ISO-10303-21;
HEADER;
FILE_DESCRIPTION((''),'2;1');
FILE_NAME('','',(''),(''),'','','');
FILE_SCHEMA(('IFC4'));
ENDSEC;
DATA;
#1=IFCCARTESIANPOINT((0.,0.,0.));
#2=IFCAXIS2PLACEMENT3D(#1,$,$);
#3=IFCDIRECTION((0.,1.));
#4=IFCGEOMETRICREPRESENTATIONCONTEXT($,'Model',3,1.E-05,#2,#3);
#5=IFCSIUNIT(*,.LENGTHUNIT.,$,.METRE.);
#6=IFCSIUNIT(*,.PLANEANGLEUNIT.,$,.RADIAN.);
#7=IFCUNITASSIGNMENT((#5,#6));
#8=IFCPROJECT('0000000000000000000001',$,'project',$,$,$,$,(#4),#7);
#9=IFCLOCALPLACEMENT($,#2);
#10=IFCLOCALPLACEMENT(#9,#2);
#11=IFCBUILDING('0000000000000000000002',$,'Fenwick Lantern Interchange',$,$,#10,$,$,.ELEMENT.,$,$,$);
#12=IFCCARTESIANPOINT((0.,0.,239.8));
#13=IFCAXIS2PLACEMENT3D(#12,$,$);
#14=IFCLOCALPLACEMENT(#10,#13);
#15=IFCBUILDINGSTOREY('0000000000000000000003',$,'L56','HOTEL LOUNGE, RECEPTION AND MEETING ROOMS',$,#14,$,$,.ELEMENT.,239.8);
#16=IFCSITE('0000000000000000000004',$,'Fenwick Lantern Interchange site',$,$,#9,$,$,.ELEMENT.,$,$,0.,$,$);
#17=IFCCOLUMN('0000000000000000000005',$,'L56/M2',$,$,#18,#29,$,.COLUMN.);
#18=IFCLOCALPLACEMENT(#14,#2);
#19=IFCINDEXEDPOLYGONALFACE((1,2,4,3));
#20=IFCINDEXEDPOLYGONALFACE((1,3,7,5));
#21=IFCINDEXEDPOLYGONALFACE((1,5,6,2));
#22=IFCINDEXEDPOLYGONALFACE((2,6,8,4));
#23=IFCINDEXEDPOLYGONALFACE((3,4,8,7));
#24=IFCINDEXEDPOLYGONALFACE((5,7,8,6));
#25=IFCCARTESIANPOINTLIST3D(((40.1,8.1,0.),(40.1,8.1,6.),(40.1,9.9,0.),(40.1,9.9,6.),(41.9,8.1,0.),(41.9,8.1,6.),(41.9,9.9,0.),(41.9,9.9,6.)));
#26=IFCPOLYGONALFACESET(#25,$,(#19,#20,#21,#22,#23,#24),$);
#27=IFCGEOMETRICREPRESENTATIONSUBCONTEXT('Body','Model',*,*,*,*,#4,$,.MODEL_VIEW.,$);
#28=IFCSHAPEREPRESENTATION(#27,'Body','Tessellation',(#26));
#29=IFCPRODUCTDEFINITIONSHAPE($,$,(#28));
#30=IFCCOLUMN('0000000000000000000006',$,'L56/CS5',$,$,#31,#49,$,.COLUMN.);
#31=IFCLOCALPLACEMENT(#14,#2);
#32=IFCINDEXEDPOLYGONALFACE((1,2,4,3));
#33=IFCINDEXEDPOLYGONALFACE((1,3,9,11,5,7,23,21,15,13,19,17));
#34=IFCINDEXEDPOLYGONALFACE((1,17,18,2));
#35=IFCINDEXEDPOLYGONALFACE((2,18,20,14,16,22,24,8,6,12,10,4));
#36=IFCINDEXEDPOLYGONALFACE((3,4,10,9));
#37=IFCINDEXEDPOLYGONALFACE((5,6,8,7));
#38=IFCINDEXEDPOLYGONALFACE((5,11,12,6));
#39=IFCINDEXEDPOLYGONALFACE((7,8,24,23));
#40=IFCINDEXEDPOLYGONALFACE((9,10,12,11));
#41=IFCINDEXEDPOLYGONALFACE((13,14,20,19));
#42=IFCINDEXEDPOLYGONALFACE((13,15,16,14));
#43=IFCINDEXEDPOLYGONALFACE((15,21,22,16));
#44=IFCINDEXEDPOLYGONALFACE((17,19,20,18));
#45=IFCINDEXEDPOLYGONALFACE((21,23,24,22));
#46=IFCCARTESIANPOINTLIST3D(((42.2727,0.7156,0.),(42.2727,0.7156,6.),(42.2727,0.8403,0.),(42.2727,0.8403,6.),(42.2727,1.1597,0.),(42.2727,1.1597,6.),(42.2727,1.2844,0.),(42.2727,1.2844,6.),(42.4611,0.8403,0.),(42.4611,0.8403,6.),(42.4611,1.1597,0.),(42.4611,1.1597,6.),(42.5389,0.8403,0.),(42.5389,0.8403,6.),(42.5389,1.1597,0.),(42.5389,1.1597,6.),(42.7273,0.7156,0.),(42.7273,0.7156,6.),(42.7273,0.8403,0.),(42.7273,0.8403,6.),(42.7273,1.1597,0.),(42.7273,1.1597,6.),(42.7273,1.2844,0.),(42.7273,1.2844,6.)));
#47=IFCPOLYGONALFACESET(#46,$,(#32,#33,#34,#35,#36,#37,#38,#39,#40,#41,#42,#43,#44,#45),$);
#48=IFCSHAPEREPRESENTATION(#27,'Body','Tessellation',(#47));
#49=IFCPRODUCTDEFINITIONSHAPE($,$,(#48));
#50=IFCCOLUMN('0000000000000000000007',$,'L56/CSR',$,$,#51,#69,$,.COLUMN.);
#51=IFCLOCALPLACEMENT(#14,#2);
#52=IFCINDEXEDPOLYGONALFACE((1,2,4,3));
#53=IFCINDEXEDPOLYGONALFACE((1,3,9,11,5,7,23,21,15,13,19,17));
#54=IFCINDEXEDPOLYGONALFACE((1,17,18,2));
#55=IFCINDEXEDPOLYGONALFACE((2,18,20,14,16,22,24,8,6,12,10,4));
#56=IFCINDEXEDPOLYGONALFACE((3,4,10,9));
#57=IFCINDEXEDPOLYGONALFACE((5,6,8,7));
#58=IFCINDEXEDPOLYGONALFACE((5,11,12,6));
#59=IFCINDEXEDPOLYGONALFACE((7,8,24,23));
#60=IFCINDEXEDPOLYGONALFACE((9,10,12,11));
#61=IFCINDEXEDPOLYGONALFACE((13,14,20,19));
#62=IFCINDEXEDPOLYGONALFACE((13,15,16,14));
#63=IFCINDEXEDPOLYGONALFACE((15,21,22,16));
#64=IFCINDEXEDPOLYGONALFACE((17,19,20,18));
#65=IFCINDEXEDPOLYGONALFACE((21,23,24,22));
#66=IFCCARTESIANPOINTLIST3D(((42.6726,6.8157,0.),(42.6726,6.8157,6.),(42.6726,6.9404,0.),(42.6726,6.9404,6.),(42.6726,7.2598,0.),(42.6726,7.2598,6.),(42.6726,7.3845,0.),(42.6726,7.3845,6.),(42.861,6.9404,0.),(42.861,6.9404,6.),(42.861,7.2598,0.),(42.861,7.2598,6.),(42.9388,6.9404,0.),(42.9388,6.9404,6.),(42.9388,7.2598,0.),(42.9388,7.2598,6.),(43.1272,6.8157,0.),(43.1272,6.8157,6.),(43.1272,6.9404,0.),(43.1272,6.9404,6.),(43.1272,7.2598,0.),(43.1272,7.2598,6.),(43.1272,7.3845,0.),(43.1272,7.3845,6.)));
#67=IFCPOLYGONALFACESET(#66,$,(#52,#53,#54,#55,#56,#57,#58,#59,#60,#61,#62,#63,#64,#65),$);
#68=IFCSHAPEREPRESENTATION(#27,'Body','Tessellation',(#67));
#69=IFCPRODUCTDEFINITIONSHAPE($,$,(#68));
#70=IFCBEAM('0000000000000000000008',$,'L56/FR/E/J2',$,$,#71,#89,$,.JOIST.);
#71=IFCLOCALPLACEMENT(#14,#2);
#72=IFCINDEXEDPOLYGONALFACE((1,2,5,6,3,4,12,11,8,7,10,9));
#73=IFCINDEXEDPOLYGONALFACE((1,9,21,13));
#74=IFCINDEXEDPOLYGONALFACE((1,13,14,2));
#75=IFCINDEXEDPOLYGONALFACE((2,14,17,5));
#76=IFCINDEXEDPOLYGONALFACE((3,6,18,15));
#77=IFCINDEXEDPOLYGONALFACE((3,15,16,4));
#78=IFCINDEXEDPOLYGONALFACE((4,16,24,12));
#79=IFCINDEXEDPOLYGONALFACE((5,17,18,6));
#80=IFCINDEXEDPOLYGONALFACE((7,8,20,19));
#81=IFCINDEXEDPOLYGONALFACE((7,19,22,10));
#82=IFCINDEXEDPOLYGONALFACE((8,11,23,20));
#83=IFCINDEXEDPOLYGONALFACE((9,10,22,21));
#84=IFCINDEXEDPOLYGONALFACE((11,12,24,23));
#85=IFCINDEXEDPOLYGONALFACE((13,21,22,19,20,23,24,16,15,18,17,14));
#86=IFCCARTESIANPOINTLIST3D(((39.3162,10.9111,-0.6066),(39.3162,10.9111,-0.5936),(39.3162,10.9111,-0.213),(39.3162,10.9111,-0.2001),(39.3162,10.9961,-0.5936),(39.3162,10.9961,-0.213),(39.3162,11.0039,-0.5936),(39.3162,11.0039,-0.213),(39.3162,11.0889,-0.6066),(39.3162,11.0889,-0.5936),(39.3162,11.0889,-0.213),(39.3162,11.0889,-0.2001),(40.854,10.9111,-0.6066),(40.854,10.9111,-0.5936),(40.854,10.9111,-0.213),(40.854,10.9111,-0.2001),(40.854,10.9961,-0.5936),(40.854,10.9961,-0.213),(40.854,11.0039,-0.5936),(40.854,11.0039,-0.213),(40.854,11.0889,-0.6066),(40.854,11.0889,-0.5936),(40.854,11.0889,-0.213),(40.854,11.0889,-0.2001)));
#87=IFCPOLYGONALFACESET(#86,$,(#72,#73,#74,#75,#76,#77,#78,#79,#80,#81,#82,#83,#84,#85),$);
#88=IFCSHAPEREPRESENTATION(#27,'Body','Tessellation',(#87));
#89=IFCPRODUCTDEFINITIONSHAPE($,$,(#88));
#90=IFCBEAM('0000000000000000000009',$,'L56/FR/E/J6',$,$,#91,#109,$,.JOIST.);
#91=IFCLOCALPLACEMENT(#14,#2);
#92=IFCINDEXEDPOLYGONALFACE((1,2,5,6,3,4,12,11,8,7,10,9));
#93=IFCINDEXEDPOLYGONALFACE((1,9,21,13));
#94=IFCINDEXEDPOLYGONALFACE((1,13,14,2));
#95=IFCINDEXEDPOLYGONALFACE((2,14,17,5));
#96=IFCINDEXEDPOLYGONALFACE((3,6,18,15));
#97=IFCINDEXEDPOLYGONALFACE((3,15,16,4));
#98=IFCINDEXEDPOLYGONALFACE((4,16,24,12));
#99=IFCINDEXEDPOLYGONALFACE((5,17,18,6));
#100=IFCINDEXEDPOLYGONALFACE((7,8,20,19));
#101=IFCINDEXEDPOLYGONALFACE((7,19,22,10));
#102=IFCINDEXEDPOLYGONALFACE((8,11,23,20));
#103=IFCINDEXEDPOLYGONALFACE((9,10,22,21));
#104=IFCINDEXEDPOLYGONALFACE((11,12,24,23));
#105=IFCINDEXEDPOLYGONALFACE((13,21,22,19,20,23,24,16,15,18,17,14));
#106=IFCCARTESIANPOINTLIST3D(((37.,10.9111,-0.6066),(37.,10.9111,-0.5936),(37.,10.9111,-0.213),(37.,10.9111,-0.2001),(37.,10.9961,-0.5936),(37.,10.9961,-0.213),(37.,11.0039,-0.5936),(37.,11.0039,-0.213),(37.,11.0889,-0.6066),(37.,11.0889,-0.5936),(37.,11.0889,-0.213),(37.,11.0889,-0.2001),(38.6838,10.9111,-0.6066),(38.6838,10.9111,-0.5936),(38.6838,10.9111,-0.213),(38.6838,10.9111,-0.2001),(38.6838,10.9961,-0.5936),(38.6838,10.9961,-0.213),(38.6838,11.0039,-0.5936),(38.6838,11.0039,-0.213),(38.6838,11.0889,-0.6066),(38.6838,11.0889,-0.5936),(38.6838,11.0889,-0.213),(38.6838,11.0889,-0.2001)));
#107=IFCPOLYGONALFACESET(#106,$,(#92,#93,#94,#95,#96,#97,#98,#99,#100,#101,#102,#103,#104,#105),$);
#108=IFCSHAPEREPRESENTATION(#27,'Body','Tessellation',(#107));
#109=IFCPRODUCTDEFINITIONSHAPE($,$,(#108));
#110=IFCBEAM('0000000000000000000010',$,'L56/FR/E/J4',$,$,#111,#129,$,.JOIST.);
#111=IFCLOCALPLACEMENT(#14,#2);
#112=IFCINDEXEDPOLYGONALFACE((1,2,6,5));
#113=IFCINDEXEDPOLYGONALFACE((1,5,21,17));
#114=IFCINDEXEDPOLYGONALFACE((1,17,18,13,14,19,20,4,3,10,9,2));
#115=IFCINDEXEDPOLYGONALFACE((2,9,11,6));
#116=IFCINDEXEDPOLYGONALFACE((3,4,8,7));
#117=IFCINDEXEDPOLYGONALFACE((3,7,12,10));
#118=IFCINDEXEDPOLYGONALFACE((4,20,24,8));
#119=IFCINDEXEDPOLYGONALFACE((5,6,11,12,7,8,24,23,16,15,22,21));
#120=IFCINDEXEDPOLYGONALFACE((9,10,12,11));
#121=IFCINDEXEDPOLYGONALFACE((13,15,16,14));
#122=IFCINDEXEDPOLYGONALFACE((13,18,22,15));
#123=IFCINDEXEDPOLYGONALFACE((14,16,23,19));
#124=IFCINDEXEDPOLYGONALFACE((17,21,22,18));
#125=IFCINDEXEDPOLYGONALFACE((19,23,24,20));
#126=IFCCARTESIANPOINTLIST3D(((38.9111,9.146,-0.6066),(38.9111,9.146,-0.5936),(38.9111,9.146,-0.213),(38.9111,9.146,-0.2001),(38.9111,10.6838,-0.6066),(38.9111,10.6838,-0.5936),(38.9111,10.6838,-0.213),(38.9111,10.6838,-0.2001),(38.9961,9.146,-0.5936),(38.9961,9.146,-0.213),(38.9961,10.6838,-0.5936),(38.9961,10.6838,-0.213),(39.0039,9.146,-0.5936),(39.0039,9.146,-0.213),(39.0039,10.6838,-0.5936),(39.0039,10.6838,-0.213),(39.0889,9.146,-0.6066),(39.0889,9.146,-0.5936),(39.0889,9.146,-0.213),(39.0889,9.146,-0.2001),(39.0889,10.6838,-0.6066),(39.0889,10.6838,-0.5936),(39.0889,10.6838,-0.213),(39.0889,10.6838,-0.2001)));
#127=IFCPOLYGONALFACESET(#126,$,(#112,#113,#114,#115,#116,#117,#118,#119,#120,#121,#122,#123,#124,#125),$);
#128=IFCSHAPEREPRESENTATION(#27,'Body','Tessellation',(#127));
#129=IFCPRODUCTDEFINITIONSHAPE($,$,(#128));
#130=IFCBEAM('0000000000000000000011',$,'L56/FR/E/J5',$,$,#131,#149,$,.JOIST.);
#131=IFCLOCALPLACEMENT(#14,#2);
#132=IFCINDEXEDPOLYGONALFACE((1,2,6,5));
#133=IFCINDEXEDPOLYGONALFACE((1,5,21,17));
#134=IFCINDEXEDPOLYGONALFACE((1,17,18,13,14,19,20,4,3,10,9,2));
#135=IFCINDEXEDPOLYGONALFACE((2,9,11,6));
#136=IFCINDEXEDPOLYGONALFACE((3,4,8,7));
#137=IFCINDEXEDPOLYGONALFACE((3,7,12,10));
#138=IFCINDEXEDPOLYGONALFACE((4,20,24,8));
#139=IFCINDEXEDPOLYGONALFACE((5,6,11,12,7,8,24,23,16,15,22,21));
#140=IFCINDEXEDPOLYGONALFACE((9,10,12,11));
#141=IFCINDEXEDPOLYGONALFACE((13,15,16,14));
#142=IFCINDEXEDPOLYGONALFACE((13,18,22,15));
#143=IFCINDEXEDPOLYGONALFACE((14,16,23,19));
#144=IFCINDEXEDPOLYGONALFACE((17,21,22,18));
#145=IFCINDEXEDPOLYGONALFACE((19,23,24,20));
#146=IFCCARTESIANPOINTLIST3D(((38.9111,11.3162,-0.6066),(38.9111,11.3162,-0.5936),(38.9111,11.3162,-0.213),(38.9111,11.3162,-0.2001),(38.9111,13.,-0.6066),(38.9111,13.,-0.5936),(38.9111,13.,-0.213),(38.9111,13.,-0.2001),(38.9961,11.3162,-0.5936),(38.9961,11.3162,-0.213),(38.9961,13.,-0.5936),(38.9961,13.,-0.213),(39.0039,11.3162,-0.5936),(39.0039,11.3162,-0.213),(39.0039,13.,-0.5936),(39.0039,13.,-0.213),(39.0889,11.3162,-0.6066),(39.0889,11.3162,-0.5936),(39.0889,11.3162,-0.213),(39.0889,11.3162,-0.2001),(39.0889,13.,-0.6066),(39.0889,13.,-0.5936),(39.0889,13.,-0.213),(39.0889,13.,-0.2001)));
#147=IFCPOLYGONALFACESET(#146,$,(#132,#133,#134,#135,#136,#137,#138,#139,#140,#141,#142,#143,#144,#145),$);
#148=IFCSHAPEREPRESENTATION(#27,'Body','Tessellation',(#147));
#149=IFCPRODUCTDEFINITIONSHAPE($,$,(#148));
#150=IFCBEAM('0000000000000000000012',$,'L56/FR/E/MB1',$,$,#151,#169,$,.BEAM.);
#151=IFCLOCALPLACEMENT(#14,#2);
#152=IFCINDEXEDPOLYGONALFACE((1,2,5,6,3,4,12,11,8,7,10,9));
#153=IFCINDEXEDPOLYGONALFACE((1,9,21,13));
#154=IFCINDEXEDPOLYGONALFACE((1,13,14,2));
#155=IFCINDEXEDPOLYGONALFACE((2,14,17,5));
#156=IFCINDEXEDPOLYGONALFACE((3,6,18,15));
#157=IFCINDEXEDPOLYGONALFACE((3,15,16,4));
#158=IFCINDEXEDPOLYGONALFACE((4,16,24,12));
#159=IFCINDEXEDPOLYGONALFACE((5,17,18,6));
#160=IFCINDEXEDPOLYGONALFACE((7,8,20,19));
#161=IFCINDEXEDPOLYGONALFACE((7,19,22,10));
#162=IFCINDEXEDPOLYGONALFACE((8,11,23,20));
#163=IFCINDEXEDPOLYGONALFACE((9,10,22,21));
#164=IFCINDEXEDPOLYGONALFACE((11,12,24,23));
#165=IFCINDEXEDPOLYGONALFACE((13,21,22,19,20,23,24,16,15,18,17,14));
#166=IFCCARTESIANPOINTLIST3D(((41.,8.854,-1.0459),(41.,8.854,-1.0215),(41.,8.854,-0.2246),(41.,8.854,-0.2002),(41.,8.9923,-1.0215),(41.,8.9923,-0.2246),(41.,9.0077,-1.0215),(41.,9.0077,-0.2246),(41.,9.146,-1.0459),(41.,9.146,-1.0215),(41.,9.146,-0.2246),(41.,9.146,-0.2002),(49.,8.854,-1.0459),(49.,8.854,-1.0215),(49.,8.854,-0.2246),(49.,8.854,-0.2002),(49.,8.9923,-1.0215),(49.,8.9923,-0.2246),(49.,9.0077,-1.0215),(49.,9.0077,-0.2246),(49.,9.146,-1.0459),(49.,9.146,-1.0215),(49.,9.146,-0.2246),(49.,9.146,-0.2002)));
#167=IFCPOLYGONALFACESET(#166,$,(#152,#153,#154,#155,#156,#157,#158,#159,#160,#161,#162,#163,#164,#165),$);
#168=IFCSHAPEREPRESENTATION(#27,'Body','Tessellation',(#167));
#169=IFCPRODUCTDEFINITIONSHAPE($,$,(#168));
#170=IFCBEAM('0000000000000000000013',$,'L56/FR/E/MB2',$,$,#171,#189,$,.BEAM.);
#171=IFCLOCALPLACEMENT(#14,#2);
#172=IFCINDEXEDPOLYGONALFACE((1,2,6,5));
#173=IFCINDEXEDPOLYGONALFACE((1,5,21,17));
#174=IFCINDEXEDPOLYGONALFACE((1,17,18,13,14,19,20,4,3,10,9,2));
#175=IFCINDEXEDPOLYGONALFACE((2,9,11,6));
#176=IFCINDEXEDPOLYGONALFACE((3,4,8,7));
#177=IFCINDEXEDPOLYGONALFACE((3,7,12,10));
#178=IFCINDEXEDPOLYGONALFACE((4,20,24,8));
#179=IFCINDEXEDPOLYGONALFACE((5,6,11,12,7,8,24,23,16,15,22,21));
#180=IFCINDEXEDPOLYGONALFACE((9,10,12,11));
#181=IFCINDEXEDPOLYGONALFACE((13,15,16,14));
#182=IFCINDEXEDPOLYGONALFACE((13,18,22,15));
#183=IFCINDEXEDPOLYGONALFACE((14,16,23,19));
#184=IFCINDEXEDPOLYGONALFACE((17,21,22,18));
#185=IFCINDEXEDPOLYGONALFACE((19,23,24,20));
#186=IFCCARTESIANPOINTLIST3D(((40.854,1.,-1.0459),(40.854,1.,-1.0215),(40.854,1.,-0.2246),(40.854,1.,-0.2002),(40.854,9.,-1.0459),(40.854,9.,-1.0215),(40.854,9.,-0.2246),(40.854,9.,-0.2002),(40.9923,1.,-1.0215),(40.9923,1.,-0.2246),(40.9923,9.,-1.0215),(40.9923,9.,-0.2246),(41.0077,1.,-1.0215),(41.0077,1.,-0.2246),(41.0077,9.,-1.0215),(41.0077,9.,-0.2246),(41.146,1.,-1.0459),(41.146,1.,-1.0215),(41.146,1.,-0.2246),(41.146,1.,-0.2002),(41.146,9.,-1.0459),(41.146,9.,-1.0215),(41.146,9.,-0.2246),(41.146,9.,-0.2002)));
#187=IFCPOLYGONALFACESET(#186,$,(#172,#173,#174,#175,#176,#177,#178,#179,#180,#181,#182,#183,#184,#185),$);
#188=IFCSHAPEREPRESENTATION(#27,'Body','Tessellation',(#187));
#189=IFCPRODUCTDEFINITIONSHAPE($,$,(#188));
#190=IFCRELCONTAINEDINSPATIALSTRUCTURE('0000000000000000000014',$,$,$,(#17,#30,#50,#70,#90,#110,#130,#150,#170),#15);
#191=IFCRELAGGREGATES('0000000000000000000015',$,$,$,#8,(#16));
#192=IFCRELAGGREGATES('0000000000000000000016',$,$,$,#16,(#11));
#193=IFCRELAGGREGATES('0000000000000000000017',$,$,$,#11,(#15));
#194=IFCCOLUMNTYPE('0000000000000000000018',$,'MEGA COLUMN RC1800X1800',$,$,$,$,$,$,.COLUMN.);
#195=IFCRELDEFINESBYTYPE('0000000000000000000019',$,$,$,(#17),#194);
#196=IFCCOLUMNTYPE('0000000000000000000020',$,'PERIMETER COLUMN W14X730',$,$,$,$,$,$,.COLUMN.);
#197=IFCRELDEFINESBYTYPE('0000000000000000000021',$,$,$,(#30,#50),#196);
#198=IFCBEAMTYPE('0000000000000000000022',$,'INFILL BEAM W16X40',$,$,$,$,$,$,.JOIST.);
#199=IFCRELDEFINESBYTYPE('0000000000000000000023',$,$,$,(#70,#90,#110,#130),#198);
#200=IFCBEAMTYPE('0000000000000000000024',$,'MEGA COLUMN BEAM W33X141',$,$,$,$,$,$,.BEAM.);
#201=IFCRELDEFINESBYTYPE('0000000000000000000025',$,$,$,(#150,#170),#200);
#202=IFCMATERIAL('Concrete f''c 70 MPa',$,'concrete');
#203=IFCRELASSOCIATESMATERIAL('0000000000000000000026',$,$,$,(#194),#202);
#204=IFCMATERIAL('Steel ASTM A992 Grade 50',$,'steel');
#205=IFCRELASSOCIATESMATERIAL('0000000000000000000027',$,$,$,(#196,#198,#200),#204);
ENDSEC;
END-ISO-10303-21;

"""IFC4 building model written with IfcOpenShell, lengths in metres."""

from ifc_helpers import new_model, si_unit, direction, frame, origin, origin_2d, place, context, subcontext, project, spatial, rectangle, i_section, extrude, material, material_profile, profile_set, type_object, element, save


model = new_model("IFC4")

# Units and contexts
model_context = context("Model", 3, precision=1e-05, world=origin(), true_north=direction((0.0, 1.0)))
body_context = subcontext(model_context, "Body", "Model", "MODEL_VIEW")
ifc_project = project(units=[si_unit("LENGTHUNIT", "METRE"), si_unit("PLANEANGLEUNIT", "RADIAN")], contexts=[model_context])

# Site, building, storey
site_placement = place(None, origin())
site = spatial("IfcSite", under=ifc_project, at=site_placement, Name="Fenwick Lantern Interchange site", CompositionType="ELEMENT", RefElevation=0.0)
building_placement = place(site_placement, origin())
building = spatial("IfcBuilding", under=site, at=building_placement, Name="Fenwick Lantern Interchange", CompositionType="ELEMENT")
storey_placement = place(building_placement, frame((0.0, 0.0, 239.8)))
storey = spatial("IfcBuildingStorey", under=building, at=storey_placement, Name="L56", Description="HOTEL LOUNGE, RECEPTION AND MEETING ROOMS", CompositionType="ELEMENT", Elevation=239.8)

# Columns
ifc_material_1 = material(Name="Concrete f'c 70 MPa", Category="concrete")
ifc_material_profile_1 = material_profile(ifc_material_1, rectangle(XDim=1.8, YDim=1.8, at=origin_2d()), Name="RC1800X1800")
ifc_profile_set_1 = profile_set([ifc_material_profile_1], Name="Concrete f'c 70 MPa")
column_type_1 = type_object("IfcColumnType", Name="MEGA COLUMN RC1800X1800", PredefinedType="COLUMN", material=ifc_profile_set_1)
column_placement = place(storey_placement, frame((41.0, 9.0, 0.0), z_axis=(0.0, 0.0, 1.0), x_axis=(1.0, 0.0, 0.0)))
element("IfcColumn", 1, at=column_placement, inside=storey, type_object=column_type_1, Name="L56/M2", PredefinedType="COLUMN", context=body_context, shape_type="SweptSolid", body=[
    extrude(rectangle(XDim=1.8, YDim=1.8, at=origin_2d()), origin(), (0.0, 0.0, 1.0), 6.0),
])
ifc_material_2 = material(Name="Steel ASTM A992 Grade 50", Category="steel")
ifc_material_profile_2 = material_profile(ifc_material_2, i_section(OverallWidth=0.4546, OverallDepth=0.5688, WebThickness=0.0779, FlangeThickness=0.1248, at=origin_2d()), Name="W14X730")
ifc_profile_set_2 = profile_set([ifc_material_profile_2], Name="Steel ASTM A992 Grade 50")
column_type_2 = type_object("IfcColumnType", Name="PERIMETER COLUMN W14X730", PredefinedType="COLUMN", material=ifc_profile_set_2)
for number, where, z_axis, x_axis, name in (
    (2, (42.5, 1.0, 0.0), (0.0, 0.0, 1.0), (1.0, 0.0, 0.0), "L56/CS5"),
    (3, (42.8999, 7.1001, 0.0), (0.0, 0.0, 1.0), (1.0, 0.0, 0.0), "L56/CSR"),
):
    element("IfcColumn", number, at=place(storey_placement, frame(where, z_axis=z_axis, x_axis=x_axis)), inside=storey, type_object=column_type_2, Name=name, PredefinedType="COLUMN", context=body_context, shape_type="SweptSolid", body=[
        extrude(i_section(OverallWidth=0.4546, OverallDepth=0.5688, WebThickness=0.0779, FlangeThickness=0.1248, at=origin_2d()), origin(), (0.0, 0.0, 1.0), 6.0),
    ])

# Beams
ifc_material_profile_3 = material_profile(ifc_material_2, i_section(OverallWidth=0.1777, OverallDepth=0.4065, WebThickness=0.0078, FlangeThickness=0.0129, at=origin_2d()), Name="W16X40")
ifc_profile_set_3 = profile_set([ifc_material_profile_3], Name="Steel ASTM A992 Grade 50")
beam_type_1 = type_object("IfcBeamType", Name="INFILL BEAM W16X40", PredefinedType="JOIST", material=ifc_profile_set_3)
beam_1_placement = place(storey_placement, frame((40.854, 11.0, -0.4033), z_axis=(-1.0, 0.0, 0.0), x_axis=(0.0, -1.0, 0.0)))
element("IfcBeam", 4, at=beam_1_placement, inside=storey, type_object=beam_type_1, Name="L56/FR/E/J2", PredefinedType="JOIST", context=body_context, shape_type="SweptSolid", body=[
    extrude(i_section(OverallWidth=0.1777, OverallDepth=0.4065, WebThickness=0.0078, FlangeThickness=0.0129, at=origin_2d()), origin(), (0.0, 0.0, 1.0), 1.5378),
])
beam_2_placement = place(storey_placement, frame((38.6838, 11.0, -0.4033), z_axis=(-1.0, 0.0, 0.0), x_axis=(0.0, -1.0, 0.0)))
element("IfcBeam", 5, at=beam_2_placement, inside=storey, type_object=beam_type_1, Name="L56/FR/E/J6", PredefinedType="JOIST", context=body_context, shape_type="SweptSolid", body=[
    extrude(i_section(OverallWidth=0.1777, OverallDepth=0.4065, WebThickness=0.0078, FlangeThickness=0.0129, at=origin_2d()), origin(), (0.0, 0.0, 1.0), 1.6838),
])
beam_3_placement = place(storey_placement, frame((39.0, 9.146, -0.4033), z_axis=(0.0, 1.0, 0.0), x_axis=(-1.0, 0.0, 0.0)))
element("IfcBeam", 6, at=beam_3_placement, inside=storey, type_object=beam_type_1, Name="L56/FR/E/J4", PredefinedType="JOIST", context=body_context, shape_type="SweptSolid", body=[
    extrude(i_section(OverallWidth=0.1777, OverallDepth=0.4065, WebThickness=0.0078, FlangeThickness=0.0129, at=origin_2d()), origin(), (0.0, 0.0, 1.0), 1.5378),
])
beam_4_placement = place(storey_placement, frame((39.0, 11.3162, -0.4033), z_axis=(0.0, 1.0, 0.0), x_axis=(-1.0, 0.0, 0.0)))
element("IfcBeam", 7, at=beam_4_placement, inside=storey, type_object=beam_type_1, Name="L56/FR/E/J5", PredefinedType="JOIST", context=body_context, shape_type="SweptSolid", body=[
    extrude(i_section(OverallWidth=0.1777, OverallDepth=0.4065, WebThickness=0.0078, FlangeThickness=0.0129, at=origin_2d()), origin(), (0.0, 0.0, 1.0), 1.6838),
])
ifc_material_profile_4 = material_profile(ifc_material_2, i_section(OverallWidth=0.292, OverallDepth=0.8457, WebThickness=0.0154, FlangeThickness=0.0244, at=origin_2d()), Name="W33X141")
ifc_profile_set_4 = profile_set([ifc_material_profile_4], Name="Steel ASTM A992 Grade 50")
beam_type_2 = type_object("IfcBeamType", Name="MEGA COLUMN BEAM W33X141", PredefinedType="BEAM", material=ifc_profile_set_4)
for number, where, z_axis, x_axis, name in (
    (8, (41.0, 9.0, -0.623), (1.0, 0.0, 0.0), (0.0, 1.0, 0.0), "L56/FR/E/MB1"),
    (9, (41.0, 9.0, -0.623), (0.0, -1.0, 0.0), (1.0, 0.0, 0.0), "L56/FR/E/MB2"),
):
    element("IfcBeam", number, at=place(storey_placement, frame(where, z_axis=z_axis, x_axis=x_axis)), inside=storey, type_object=beam_type_2, Name=name, PredefinedType="BEAM", context=body_context, shape_type="SweptSolid", body=[
        extrude(i_section(OverallWidth=0.292, OverallDepth=0.8457, WebThickness=0.0154, FlangeThickness=0.0244, at=origin_2d()), origin(), (0.0, 0.0, 1.0), 8.0),
    ])

save(model, "model.ifc")
